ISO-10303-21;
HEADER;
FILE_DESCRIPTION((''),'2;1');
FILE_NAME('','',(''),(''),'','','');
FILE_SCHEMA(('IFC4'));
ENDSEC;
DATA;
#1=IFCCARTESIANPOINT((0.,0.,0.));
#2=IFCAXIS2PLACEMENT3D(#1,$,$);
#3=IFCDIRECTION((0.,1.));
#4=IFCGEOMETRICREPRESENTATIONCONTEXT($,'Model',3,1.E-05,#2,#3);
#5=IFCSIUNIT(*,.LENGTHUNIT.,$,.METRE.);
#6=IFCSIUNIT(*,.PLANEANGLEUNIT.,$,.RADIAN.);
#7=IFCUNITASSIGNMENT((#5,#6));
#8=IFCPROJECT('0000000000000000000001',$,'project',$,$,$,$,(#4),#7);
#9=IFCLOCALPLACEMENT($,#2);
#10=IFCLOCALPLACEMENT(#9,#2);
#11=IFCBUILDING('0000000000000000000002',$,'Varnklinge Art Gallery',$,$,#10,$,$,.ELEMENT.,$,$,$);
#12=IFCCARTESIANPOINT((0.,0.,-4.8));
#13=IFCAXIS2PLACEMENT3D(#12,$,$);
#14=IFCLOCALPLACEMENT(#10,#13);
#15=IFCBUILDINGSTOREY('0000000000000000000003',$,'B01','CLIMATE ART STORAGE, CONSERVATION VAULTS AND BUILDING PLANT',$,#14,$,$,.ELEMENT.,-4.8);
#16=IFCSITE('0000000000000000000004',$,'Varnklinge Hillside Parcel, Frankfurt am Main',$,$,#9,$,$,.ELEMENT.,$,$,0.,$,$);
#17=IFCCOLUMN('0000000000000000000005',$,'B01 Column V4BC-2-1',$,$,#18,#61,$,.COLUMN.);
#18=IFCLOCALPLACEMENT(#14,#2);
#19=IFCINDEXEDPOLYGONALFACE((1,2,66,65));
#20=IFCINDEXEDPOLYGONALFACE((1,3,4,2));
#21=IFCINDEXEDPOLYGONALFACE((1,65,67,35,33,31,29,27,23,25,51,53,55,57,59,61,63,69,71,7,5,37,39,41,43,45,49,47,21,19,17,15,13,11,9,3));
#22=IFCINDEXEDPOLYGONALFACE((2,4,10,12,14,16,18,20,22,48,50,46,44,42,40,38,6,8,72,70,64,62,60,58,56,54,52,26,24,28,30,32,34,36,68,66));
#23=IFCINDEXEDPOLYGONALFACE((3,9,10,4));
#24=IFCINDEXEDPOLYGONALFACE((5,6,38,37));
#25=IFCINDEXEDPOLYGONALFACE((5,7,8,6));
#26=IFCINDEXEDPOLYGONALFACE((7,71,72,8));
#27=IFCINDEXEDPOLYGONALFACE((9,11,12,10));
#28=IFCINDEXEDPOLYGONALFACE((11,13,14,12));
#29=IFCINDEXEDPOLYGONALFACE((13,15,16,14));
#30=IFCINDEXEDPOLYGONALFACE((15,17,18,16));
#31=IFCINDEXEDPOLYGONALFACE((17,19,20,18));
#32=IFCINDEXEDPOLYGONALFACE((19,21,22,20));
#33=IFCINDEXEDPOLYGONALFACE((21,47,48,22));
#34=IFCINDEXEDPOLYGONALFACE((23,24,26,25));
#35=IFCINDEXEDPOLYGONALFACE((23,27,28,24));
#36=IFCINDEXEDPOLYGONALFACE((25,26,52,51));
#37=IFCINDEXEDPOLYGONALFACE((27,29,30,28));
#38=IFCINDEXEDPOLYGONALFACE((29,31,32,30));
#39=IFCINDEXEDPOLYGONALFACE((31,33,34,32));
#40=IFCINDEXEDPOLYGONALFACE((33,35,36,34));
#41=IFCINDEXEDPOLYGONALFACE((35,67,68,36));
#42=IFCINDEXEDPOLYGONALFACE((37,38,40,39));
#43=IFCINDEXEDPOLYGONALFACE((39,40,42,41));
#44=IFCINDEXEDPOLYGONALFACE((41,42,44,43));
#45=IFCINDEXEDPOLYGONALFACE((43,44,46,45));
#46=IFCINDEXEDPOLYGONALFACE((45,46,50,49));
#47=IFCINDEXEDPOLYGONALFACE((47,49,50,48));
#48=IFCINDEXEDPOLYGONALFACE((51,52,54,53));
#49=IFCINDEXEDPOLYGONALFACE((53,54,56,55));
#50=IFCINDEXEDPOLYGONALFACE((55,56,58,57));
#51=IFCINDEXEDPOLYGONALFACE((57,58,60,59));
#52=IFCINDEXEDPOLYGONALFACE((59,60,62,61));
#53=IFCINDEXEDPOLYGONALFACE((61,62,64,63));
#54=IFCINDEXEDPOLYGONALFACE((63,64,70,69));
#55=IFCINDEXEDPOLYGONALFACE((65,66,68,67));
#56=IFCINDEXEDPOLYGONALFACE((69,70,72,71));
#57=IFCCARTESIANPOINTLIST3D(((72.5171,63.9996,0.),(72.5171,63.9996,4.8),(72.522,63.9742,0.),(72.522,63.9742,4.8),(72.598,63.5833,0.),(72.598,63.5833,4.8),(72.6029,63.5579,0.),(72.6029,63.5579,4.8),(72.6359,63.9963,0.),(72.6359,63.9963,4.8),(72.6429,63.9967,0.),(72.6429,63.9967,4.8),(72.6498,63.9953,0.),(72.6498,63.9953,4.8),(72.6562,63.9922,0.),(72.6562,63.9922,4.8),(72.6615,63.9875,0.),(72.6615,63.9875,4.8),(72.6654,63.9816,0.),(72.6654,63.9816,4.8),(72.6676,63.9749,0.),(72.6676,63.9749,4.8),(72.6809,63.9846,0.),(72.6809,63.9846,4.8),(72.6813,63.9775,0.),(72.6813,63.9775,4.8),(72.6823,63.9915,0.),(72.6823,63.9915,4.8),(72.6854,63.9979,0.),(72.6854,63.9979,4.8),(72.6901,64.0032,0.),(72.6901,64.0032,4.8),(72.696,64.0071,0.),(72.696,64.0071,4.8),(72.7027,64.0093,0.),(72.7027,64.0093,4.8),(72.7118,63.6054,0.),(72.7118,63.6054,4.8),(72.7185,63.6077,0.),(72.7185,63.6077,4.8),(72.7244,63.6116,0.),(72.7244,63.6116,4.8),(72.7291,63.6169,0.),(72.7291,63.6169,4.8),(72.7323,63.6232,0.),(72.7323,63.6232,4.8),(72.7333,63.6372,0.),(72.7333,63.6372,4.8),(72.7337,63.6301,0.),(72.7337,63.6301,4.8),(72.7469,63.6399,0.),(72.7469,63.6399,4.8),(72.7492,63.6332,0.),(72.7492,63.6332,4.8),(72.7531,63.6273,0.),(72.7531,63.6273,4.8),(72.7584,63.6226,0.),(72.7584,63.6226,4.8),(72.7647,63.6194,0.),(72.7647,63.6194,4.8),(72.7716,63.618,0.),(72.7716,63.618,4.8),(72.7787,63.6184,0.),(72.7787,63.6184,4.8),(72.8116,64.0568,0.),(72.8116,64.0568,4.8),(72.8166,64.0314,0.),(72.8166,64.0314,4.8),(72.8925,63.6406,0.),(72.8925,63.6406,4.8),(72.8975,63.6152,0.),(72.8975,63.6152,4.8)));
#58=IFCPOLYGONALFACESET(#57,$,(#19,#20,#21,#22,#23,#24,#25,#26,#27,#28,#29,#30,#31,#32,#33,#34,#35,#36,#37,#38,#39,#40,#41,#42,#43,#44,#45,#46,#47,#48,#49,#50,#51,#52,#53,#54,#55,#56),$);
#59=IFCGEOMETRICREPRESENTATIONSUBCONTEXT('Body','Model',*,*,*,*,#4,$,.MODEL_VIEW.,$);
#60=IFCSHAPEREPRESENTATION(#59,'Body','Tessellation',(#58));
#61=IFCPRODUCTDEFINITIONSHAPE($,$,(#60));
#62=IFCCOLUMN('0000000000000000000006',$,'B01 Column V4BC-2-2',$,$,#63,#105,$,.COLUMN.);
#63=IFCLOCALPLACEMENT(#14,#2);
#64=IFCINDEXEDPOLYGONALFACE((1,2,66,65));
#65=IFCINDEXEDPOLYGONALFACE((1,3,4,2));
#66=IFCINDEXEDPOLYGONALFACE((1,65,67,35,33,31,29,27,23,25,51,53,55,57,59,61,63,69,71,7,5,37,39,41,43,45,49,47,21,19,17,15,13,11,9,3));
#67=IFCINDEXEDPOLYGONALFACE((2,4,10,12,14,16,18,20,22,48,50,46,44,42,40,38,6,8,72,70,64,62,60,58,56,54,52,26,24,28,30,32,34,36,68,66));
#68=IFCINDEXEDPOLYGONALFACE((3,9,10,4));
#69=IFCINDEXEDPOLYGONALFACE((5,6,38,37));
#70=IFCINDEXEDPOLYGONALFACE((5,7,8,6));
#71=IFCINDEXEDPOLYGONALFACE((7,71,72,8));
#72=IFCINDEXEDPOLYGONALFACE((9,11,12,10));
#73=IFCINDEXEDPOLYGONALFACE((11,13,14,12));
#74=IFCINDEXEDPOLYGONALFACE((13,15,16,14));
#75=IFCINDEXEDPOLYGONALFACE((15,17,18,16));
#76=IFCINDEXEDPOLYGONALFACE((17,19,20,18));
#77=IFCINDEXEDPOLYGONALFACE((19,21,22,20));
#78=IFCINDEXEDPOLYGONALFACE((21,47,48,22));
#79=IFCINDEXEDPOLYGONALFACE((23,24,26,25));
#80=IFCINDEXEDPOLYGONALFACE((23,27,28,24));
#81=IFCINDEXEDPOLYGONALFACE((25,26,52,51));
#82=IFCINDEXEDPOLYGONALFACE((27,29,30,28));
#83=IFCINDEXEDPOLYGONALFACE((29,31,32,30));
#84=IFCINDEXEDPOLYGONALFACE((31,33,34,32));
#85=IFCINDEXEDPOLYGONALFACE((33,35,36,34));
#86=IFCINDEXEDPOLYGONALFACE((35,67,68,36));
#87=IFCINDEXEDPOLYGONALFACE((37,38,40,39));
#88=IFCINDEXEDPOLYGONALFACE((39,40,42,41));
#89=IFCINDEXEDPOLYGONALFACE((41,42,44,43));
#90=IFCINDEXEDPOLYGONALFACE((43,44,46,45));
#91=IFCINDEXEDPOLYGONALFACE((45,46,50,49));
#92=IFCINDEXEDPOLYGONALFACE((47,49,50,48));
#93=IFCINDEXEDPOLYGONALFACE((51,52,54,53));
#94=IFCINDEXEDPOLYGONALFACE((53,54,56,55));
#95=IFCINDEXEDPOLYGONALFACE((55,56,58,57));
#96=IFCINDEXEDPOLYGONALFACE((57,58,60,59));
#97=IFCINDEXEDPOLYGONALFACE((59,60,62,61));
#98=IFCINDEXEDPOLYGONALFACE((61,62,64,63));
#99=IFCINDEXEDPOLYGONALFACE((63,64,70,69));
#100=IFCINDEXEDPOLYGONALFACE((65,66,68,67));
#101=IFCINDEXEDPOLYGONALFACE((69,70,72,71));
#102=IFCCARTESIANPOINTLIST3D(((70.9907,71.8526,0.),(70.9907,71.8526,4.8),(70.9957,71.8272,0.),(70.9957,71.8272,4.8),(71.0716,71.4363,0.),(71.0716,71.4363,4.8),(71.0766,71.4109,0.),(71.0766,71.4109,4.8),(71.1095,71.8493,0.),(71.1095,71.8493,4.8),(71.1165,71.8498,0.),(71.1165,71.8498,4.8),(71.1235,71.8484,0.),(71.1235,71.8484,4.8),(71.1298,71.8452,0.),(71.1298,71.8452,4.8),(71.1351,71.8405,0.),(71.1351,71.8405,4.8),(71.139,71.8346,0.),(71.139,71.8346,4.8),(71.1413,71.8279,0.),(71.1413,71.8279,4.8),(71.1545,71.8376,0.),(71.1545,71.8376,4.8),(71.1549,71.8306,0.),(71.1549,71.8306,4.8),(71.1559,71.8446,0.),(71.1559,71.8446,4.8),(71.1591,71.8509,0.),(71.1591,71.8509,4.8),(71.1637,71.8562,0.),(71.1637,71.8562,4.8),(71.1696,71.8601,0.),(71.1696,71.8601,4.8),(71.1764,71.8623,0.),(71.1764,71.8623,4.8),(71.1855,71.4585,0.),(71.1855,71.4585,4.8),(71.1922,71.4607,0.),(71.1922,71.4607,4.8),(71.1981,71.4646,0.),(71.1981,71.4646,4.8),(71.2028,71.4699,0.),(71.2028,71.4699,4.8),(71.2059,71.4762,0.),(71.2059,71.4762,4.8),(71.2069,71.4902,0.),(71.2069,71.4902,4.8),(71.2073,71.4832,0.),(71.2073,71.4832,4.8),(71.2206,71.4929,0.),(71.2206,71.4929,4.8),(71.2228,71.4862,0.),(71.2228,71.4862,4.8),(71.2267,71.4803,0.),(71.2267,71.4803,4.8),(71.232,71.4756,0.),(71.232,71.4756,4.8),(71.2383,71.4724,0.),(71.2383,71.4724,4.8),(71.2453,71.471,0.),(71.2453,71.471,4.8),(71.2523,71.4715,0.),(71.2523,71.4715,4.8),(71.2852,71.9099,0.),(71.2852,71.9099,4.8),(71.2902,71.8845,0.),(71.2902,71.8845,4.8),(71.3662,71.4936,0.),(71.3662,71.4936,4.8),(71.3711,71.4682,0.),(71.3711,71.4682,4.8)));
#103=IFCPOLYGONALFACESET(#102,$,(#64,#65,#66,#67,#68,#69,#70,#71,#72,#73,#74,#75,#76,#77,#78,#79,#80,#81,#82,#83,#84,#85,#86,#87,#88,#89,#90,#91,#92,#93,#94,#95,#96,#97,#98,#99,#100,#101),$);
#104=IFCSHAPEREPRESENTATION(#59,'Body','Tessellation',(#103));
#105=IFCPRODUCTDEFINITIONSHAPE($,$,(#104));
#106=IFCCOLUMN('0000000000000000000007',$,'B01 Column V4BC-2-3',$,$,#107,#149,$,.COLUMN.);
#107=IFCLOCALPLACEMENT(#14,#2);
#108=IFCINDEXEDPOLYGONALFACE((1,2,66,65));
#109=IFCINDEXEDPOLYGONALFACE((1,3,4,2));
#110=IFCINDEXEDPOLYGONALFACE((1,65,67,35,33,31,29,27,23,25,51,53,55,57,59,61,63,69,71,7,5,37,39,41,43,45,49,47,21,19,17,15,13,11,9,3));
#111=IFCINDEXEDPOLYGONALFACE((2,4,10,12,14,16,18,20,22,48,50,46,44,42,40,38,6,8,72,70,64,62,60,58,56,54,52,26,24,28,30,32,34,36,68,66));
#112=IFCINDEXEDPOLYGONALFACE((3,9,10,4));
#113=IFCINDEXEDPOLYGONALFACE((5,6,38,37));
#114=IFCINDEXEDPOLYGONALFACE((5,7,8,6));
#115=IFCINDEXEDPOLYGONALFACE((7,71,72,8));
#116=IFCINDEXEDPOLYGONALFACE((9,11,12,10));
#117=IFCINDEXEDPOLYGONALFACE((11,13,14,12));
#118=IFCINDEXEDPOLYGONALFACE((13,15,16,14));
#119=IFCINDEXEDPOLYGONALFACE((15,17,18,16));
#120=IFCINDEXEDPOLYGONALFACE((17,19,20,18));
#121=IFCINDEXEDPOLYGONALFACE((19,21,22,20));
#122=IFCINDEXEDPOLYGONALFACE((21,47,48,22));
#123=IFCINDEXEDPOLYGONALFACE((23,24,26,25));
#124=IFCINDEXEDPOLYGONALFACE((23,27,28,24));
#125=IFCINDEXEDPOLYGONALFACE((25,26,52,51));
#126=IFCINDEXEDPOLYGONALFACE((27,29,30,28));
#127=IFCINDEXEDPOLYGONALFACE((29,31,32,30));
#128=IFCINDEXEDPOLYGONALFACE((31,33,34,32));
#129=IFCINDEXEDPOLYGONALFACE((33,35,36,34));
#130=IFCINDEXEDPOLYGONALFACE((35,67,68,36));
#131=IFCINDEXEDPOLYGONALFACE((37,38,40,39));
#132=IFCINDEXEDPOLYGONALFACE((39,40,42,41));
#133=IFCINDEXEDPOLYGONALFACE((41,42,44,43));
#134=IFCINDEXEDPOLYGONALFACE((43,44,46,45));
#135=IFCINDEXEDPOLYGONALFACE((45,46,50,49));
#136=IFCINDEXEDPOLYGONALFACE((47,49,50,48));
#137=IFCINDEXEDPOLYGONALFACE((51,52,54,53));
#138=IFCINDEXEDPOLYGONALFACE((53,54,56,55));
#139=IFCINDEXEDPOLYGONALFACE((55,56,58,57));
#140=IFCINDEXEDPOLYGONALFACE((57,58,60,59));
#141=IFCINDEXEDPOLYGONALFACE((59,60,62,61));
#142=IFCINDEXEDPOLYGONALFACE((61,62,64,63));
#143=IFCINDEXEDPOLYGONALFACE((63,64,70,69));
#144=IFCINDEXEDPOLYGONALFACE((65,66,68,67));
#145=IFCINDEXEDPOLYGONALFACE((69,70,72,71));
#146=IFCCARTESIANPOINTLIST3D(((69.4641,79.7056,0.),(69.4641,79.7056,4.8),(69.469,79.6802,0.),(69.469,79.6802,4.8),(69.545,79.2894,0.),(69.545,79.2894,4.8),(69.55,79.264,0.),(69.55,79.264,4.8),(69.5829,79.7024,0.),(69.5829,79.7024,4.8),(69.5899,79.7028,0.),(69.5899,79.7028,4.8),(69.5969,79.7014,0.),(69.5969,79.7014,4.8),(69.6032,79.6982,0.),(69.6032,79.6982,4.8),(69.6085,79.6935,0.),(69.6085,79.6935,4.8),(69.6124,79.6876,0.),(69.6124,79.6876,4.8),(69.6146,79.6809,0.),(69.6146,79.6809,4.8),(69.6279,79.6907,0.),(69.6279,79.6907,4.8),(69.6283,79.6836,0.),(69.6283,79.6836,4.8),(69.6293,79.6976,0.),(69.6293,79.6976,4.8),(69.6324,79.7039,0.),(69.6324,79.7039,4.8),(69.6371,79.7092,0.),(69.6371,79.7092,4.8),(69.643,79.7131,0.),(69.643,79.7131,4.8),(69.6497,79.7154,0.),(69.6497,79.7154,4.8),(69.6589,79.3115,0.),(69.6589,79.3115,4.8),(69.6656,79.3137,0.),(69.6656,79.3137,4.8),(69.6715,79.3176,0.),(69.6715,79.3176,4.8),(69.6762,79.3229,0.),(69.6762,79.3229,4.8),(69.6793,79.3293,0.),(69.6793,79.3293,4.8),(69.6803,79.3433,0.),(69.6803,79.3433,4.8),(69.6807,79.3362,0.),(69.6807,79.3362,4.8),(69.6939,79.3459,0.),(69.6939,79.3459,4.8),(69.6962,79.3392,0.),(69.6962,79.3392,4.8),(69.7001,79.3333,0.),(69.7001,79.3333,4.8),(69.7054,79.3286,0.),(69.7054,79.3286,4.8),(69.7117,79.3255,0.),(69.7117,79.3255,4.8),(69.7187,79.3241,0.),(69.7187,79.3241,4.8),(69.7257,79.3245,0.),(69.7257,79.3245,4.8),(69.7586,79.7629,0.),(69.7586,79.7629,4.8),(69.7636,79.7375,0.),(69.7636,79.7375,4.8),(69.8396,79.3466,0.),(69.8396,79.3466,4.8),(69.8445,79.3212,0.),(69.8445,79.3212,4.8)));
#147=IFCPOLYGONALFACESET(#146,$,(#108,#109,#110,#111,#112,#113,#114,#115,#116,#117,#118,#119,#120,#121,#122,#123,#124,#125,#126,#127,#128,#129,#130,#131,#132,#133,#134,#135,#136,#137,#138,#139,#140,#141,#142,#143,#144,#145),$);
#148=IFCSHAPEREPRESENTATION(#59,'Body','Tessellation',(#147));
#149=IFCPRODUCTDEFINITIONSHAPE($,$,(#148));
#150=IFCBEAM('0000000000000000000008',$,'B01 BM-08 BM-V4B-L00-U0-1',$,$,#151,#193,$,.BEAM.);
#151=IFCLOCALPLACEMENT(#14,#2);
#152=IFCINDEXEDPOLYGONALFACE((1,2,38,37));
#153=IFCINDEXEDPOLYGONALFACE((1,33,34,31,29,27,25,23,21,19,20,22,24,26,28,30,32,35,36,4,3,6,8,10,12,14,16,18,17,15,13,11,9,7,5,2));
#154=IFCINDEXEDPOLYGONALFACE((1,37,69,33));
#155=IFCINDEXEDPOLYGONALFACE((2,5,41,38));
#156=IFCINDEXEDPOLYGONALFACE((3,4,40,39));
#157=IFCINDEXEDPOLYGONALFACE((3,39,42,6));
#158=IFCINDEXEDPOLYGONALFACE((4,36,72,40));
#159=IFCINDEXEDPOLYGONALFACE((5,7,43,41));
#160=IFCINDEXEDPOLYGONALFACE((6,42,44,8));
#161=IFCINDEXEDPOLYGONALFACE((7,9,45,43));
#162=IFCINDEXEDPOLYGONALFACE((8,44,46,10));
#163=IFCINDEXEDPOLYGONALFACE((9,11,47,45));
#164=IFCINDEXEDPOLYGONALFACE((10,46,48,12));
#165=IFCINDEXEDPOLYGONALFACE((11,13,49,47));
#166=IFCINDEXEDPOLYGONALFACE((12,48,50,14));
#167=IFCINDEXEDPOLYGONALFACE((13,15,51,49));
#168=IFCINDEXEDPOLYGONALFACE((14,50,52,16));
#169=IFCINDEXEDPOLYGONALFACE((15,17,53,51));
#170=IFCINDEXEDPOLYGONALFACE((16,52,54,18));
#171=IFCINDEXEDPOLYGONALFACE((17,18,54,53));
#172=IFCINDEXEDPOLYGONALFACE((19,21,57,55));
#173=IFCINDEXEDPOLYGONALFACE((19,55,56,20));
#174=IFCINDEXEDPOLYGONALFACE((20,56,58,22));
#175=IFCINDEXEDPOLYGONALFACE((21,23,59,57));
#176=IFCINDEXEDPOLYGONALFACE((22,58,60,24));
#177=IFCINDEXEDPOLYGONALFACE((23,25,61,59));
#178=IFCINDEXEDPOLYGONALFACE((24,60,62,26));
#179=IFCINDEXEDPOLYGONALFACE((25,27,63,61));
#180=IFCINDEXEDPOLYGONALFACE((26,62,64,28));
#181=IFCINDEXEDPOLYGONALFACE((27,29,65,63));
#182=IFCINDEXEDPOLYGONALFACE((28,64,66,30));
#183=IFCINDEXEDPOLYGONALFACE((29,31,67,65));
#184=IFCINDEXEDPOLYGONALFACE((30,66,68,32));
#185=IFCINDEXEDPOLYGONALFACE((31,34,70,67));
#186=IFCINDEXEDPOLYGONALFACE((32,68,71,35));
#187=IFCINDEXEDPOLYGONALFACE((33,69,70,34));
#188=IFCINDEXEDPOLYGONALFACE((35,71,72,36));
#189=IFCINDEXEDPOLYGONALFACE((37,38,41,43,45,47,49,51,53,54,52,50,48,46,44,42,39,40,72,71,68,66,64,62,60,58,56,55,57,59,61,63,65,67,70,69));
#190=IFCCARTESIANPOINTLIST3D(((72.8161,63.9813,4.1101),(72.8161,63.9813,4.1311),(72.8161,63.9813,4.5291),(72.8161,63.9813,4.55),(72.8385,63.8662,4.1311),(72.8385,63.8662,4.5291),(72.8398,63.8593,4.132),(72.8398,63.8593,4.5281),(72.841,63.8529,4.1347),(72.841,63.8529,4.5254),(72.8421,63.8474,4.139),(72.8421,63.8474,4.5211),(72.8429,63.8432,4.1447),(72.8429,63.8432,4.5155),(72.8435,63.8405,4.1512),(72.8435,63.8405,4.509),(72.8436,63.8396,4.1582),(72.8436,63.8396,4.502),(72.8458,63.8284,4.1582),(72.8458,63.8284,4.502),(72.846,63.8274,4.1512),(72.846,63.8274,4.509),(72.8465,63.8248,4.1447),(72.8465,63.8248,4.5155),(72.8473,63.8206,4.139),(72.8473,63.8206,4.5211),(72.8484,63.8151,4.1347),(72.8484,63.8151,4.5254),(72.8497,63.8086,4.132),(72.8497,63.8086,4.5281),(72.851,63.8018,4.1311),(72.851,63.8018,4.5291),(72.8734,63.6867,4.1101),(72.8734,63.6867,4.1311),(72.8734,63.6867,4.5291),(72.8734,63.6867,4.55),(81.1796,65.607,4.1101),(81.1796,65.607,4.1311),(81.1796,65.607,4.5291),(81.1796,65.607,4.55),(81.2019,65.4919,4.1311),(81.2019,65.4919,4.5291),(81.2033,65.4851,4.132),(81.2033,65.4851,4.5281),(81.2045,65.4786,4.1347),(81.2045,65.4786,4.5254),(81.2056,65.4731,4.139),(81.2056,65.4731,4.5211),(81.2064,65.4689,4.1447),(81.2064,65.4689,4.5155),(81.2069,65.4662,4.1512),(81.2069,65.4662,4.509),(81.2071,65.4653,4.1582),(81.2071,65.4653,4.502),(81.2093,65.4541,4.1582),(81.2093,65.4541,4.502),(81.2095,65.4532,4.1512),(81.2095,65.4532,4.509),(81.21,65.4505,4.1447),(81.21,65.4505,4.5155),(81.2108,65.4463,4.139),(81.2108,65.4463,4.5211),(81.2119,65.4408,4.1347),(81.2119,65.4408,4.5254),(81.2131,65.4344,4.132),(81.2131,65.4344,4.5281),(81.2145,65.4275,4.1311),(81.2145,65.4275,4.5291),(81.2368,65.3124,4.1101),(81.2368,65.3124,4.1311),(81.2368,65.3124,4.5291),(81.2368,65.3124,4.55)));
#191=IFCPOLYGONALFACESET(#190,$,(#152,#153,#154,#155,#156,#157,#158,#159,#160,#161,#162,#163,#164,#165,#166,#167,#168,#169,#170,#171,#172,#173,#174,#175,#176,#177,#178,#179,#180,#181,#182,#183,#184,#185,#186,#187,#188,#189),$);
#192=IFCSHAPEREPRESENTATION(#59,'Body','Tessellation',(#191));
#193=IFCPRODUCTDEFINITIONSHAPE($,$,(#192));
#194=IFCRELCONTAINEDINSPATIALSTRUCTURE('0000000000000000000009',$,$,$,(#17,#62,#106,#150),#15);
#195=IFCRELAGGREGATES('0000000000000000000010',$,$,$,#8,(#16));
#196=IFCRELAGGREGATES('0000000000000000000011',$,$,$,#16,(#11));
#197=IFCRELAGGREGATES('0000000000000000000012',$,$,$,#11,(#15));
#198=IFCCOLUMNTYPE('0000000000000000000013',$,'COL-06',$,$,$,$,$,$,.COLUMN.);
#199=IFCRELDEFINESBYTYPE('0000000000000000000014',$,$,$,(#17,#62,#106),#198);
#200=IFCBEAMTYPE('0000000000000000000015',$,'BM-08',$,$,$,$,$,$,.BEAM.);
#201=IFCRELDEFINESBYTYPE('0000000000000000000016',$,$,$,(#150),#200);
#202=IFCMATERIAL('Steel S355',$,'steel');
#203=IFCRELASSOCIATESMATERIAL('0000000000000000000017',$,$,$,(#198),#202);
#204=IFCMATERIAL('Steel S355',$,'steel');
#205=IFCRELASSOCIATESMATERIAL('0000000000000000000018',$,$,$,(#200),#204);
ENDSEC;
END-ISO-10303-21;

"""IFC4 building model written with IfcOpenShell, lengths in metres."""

from ifc_helpers import new_model, si_unit, direction, frame, origin, origin_2d, place, context, subcontext, project, spatial, i_section, extrude, material, material_profile, profile_set, type_object, element, save


model = new_model("IFC4")

# Units and contexts
model_context = context("Model", 3, precision=1e-05, world=origin(), true_north=direction((0.0, 1.0)))
body_context = subcontext(model_context, "Body", "Model", "MODEL_VIEW")
ifc_project = project(units=[si_unit("LENGTHUNIT", "METRE"), si_unit("PLANEANGLEUNIT", "RADIAN")], contexts=[model_context])

# Site, building, storey
site_placement = place(None, origin())
site = spatial("IfcSite", under=ifc_project, at=site_placement, Name="Varnklinge Hillside Parcel, Frankfurt am Main", CompositionType="ELEMENT", RefElevation=0.0)
building_placement = place(site_placement, origin())
building = spatial("IfcBuilding", under=site, at=building_placement, Name="Varnklinge Art Gallery", CompositionType="ELEMENT")
storey_placement = place(building_placement, frame((0.0, 0.0, -4.8)))
storey = spatial("IfcBuildingStorey", under=building, at=storey_placement, Name="B01", Description="CLIMATE ART STORAGE, CONSERVATION VAULTS AND BUILDING PLANT", CompositionType="ELEMENT", Elevation=-4.8)

# Columns
ifc_material_1 = material(Name="Steel S355", Category="steel")
ifc_material_profile_1 = material_profile(ifc_material_1, i_section(OverallWidth=0.3, OverallDepth=0.45, WebThickness=0.0139, FlangeThickness=0.0259, FilletRadius=0.0271, at=origin_2d()), Name="HEB 450")
ifc_profile_set_1 = profile_set([ifc_material_profile_1], Name="Steel S355")
column_type = type_object("IfcColumnType", Name="COL-06", PredefinedType="COLUMN", material=ifc_profile_set_1)
for number, where, z_axis, x_axis, name in (
    (1, (72.7073, 63.8074, 0.0), (0.0, 0.0, 1.0), (0.981627, 0.190809, 0.0), "B01 Column V4BC-2-1"),
    (2, (71.1809, 71.6604, 0.0), (0.0, 0.0, 1.0), (0.981627, 0.190809, 0.0), "B01 Column V4BC-2-2"),
    (3, (69.6543, 79.5134, 0.0), (0.0, 0.0, 1.0), (0.981627, 0.190809, 0.0), "B01 Column V4BC-2-3"),
):
    element("IfcColumn", number, at=place(storey_placement, frame(where, z_axis=z_axis, x_axis=x_axis)), inside=storey, type_object=column_type, Name=name, PredefinedType="COLUMN", context=body_context, shape_type="SweptSolid", body=[
        extrude(i_section(OverallWidth=0.3, OverallDepth=0.45, WebThickness=0.0139, FlangeThickness=0.0259, FilletRadius=0.0271, at=origin_2d()), origin(), (0.0, 0.0, 1.0), 4.8),
    ])

# Beam
ifc_material_2 = material(Name="Steel S355", Category="steel")
ifc_material_profile_2 = material_profile(ifc_material_2, i_section(OverallWidth=0.3, OverallDepth=0.4399, WebThickness=0.0115, FlangeThickness=0.021, FilletRadius=0.0271, at=origin_2d()), Name="HEA 450")
ifc_profile_set_2 = profile_set([ifc_material_profile_2], Name="Steel S355")
beam_type_1 = type_object("IfcBeamType", Name="BM-08", PredefinedType="BEAM", material=ifc_profile_set_2)
beam_1_placement = place(storey_placement, frame((72.8447, 63.834, 4.3301), z_axis=(0.981627, 0.190812, 0.0), x_axis=(-0.190812, 0.981627, 0.0)))
element("IfcBeam", 4, at=beam_1_placement, inside=storey, type_object=beam_type_1, Name="B01 BM-08 BM-V4B-L00-U0-1", PredefinedType="BEAM", context=body_context, shape_type="SweptSolid", body=[
    extrude(i_section(OverallWidth=0.3, OverallDepth=0.4399, WebThickness=0.0115, FlangeThickness=0.021, FilletRadius=0.0271, at=origin_2d()), origin(), (0.0, 0.0, 1.0), 8.52),
])

save(model, "model.ifc")
